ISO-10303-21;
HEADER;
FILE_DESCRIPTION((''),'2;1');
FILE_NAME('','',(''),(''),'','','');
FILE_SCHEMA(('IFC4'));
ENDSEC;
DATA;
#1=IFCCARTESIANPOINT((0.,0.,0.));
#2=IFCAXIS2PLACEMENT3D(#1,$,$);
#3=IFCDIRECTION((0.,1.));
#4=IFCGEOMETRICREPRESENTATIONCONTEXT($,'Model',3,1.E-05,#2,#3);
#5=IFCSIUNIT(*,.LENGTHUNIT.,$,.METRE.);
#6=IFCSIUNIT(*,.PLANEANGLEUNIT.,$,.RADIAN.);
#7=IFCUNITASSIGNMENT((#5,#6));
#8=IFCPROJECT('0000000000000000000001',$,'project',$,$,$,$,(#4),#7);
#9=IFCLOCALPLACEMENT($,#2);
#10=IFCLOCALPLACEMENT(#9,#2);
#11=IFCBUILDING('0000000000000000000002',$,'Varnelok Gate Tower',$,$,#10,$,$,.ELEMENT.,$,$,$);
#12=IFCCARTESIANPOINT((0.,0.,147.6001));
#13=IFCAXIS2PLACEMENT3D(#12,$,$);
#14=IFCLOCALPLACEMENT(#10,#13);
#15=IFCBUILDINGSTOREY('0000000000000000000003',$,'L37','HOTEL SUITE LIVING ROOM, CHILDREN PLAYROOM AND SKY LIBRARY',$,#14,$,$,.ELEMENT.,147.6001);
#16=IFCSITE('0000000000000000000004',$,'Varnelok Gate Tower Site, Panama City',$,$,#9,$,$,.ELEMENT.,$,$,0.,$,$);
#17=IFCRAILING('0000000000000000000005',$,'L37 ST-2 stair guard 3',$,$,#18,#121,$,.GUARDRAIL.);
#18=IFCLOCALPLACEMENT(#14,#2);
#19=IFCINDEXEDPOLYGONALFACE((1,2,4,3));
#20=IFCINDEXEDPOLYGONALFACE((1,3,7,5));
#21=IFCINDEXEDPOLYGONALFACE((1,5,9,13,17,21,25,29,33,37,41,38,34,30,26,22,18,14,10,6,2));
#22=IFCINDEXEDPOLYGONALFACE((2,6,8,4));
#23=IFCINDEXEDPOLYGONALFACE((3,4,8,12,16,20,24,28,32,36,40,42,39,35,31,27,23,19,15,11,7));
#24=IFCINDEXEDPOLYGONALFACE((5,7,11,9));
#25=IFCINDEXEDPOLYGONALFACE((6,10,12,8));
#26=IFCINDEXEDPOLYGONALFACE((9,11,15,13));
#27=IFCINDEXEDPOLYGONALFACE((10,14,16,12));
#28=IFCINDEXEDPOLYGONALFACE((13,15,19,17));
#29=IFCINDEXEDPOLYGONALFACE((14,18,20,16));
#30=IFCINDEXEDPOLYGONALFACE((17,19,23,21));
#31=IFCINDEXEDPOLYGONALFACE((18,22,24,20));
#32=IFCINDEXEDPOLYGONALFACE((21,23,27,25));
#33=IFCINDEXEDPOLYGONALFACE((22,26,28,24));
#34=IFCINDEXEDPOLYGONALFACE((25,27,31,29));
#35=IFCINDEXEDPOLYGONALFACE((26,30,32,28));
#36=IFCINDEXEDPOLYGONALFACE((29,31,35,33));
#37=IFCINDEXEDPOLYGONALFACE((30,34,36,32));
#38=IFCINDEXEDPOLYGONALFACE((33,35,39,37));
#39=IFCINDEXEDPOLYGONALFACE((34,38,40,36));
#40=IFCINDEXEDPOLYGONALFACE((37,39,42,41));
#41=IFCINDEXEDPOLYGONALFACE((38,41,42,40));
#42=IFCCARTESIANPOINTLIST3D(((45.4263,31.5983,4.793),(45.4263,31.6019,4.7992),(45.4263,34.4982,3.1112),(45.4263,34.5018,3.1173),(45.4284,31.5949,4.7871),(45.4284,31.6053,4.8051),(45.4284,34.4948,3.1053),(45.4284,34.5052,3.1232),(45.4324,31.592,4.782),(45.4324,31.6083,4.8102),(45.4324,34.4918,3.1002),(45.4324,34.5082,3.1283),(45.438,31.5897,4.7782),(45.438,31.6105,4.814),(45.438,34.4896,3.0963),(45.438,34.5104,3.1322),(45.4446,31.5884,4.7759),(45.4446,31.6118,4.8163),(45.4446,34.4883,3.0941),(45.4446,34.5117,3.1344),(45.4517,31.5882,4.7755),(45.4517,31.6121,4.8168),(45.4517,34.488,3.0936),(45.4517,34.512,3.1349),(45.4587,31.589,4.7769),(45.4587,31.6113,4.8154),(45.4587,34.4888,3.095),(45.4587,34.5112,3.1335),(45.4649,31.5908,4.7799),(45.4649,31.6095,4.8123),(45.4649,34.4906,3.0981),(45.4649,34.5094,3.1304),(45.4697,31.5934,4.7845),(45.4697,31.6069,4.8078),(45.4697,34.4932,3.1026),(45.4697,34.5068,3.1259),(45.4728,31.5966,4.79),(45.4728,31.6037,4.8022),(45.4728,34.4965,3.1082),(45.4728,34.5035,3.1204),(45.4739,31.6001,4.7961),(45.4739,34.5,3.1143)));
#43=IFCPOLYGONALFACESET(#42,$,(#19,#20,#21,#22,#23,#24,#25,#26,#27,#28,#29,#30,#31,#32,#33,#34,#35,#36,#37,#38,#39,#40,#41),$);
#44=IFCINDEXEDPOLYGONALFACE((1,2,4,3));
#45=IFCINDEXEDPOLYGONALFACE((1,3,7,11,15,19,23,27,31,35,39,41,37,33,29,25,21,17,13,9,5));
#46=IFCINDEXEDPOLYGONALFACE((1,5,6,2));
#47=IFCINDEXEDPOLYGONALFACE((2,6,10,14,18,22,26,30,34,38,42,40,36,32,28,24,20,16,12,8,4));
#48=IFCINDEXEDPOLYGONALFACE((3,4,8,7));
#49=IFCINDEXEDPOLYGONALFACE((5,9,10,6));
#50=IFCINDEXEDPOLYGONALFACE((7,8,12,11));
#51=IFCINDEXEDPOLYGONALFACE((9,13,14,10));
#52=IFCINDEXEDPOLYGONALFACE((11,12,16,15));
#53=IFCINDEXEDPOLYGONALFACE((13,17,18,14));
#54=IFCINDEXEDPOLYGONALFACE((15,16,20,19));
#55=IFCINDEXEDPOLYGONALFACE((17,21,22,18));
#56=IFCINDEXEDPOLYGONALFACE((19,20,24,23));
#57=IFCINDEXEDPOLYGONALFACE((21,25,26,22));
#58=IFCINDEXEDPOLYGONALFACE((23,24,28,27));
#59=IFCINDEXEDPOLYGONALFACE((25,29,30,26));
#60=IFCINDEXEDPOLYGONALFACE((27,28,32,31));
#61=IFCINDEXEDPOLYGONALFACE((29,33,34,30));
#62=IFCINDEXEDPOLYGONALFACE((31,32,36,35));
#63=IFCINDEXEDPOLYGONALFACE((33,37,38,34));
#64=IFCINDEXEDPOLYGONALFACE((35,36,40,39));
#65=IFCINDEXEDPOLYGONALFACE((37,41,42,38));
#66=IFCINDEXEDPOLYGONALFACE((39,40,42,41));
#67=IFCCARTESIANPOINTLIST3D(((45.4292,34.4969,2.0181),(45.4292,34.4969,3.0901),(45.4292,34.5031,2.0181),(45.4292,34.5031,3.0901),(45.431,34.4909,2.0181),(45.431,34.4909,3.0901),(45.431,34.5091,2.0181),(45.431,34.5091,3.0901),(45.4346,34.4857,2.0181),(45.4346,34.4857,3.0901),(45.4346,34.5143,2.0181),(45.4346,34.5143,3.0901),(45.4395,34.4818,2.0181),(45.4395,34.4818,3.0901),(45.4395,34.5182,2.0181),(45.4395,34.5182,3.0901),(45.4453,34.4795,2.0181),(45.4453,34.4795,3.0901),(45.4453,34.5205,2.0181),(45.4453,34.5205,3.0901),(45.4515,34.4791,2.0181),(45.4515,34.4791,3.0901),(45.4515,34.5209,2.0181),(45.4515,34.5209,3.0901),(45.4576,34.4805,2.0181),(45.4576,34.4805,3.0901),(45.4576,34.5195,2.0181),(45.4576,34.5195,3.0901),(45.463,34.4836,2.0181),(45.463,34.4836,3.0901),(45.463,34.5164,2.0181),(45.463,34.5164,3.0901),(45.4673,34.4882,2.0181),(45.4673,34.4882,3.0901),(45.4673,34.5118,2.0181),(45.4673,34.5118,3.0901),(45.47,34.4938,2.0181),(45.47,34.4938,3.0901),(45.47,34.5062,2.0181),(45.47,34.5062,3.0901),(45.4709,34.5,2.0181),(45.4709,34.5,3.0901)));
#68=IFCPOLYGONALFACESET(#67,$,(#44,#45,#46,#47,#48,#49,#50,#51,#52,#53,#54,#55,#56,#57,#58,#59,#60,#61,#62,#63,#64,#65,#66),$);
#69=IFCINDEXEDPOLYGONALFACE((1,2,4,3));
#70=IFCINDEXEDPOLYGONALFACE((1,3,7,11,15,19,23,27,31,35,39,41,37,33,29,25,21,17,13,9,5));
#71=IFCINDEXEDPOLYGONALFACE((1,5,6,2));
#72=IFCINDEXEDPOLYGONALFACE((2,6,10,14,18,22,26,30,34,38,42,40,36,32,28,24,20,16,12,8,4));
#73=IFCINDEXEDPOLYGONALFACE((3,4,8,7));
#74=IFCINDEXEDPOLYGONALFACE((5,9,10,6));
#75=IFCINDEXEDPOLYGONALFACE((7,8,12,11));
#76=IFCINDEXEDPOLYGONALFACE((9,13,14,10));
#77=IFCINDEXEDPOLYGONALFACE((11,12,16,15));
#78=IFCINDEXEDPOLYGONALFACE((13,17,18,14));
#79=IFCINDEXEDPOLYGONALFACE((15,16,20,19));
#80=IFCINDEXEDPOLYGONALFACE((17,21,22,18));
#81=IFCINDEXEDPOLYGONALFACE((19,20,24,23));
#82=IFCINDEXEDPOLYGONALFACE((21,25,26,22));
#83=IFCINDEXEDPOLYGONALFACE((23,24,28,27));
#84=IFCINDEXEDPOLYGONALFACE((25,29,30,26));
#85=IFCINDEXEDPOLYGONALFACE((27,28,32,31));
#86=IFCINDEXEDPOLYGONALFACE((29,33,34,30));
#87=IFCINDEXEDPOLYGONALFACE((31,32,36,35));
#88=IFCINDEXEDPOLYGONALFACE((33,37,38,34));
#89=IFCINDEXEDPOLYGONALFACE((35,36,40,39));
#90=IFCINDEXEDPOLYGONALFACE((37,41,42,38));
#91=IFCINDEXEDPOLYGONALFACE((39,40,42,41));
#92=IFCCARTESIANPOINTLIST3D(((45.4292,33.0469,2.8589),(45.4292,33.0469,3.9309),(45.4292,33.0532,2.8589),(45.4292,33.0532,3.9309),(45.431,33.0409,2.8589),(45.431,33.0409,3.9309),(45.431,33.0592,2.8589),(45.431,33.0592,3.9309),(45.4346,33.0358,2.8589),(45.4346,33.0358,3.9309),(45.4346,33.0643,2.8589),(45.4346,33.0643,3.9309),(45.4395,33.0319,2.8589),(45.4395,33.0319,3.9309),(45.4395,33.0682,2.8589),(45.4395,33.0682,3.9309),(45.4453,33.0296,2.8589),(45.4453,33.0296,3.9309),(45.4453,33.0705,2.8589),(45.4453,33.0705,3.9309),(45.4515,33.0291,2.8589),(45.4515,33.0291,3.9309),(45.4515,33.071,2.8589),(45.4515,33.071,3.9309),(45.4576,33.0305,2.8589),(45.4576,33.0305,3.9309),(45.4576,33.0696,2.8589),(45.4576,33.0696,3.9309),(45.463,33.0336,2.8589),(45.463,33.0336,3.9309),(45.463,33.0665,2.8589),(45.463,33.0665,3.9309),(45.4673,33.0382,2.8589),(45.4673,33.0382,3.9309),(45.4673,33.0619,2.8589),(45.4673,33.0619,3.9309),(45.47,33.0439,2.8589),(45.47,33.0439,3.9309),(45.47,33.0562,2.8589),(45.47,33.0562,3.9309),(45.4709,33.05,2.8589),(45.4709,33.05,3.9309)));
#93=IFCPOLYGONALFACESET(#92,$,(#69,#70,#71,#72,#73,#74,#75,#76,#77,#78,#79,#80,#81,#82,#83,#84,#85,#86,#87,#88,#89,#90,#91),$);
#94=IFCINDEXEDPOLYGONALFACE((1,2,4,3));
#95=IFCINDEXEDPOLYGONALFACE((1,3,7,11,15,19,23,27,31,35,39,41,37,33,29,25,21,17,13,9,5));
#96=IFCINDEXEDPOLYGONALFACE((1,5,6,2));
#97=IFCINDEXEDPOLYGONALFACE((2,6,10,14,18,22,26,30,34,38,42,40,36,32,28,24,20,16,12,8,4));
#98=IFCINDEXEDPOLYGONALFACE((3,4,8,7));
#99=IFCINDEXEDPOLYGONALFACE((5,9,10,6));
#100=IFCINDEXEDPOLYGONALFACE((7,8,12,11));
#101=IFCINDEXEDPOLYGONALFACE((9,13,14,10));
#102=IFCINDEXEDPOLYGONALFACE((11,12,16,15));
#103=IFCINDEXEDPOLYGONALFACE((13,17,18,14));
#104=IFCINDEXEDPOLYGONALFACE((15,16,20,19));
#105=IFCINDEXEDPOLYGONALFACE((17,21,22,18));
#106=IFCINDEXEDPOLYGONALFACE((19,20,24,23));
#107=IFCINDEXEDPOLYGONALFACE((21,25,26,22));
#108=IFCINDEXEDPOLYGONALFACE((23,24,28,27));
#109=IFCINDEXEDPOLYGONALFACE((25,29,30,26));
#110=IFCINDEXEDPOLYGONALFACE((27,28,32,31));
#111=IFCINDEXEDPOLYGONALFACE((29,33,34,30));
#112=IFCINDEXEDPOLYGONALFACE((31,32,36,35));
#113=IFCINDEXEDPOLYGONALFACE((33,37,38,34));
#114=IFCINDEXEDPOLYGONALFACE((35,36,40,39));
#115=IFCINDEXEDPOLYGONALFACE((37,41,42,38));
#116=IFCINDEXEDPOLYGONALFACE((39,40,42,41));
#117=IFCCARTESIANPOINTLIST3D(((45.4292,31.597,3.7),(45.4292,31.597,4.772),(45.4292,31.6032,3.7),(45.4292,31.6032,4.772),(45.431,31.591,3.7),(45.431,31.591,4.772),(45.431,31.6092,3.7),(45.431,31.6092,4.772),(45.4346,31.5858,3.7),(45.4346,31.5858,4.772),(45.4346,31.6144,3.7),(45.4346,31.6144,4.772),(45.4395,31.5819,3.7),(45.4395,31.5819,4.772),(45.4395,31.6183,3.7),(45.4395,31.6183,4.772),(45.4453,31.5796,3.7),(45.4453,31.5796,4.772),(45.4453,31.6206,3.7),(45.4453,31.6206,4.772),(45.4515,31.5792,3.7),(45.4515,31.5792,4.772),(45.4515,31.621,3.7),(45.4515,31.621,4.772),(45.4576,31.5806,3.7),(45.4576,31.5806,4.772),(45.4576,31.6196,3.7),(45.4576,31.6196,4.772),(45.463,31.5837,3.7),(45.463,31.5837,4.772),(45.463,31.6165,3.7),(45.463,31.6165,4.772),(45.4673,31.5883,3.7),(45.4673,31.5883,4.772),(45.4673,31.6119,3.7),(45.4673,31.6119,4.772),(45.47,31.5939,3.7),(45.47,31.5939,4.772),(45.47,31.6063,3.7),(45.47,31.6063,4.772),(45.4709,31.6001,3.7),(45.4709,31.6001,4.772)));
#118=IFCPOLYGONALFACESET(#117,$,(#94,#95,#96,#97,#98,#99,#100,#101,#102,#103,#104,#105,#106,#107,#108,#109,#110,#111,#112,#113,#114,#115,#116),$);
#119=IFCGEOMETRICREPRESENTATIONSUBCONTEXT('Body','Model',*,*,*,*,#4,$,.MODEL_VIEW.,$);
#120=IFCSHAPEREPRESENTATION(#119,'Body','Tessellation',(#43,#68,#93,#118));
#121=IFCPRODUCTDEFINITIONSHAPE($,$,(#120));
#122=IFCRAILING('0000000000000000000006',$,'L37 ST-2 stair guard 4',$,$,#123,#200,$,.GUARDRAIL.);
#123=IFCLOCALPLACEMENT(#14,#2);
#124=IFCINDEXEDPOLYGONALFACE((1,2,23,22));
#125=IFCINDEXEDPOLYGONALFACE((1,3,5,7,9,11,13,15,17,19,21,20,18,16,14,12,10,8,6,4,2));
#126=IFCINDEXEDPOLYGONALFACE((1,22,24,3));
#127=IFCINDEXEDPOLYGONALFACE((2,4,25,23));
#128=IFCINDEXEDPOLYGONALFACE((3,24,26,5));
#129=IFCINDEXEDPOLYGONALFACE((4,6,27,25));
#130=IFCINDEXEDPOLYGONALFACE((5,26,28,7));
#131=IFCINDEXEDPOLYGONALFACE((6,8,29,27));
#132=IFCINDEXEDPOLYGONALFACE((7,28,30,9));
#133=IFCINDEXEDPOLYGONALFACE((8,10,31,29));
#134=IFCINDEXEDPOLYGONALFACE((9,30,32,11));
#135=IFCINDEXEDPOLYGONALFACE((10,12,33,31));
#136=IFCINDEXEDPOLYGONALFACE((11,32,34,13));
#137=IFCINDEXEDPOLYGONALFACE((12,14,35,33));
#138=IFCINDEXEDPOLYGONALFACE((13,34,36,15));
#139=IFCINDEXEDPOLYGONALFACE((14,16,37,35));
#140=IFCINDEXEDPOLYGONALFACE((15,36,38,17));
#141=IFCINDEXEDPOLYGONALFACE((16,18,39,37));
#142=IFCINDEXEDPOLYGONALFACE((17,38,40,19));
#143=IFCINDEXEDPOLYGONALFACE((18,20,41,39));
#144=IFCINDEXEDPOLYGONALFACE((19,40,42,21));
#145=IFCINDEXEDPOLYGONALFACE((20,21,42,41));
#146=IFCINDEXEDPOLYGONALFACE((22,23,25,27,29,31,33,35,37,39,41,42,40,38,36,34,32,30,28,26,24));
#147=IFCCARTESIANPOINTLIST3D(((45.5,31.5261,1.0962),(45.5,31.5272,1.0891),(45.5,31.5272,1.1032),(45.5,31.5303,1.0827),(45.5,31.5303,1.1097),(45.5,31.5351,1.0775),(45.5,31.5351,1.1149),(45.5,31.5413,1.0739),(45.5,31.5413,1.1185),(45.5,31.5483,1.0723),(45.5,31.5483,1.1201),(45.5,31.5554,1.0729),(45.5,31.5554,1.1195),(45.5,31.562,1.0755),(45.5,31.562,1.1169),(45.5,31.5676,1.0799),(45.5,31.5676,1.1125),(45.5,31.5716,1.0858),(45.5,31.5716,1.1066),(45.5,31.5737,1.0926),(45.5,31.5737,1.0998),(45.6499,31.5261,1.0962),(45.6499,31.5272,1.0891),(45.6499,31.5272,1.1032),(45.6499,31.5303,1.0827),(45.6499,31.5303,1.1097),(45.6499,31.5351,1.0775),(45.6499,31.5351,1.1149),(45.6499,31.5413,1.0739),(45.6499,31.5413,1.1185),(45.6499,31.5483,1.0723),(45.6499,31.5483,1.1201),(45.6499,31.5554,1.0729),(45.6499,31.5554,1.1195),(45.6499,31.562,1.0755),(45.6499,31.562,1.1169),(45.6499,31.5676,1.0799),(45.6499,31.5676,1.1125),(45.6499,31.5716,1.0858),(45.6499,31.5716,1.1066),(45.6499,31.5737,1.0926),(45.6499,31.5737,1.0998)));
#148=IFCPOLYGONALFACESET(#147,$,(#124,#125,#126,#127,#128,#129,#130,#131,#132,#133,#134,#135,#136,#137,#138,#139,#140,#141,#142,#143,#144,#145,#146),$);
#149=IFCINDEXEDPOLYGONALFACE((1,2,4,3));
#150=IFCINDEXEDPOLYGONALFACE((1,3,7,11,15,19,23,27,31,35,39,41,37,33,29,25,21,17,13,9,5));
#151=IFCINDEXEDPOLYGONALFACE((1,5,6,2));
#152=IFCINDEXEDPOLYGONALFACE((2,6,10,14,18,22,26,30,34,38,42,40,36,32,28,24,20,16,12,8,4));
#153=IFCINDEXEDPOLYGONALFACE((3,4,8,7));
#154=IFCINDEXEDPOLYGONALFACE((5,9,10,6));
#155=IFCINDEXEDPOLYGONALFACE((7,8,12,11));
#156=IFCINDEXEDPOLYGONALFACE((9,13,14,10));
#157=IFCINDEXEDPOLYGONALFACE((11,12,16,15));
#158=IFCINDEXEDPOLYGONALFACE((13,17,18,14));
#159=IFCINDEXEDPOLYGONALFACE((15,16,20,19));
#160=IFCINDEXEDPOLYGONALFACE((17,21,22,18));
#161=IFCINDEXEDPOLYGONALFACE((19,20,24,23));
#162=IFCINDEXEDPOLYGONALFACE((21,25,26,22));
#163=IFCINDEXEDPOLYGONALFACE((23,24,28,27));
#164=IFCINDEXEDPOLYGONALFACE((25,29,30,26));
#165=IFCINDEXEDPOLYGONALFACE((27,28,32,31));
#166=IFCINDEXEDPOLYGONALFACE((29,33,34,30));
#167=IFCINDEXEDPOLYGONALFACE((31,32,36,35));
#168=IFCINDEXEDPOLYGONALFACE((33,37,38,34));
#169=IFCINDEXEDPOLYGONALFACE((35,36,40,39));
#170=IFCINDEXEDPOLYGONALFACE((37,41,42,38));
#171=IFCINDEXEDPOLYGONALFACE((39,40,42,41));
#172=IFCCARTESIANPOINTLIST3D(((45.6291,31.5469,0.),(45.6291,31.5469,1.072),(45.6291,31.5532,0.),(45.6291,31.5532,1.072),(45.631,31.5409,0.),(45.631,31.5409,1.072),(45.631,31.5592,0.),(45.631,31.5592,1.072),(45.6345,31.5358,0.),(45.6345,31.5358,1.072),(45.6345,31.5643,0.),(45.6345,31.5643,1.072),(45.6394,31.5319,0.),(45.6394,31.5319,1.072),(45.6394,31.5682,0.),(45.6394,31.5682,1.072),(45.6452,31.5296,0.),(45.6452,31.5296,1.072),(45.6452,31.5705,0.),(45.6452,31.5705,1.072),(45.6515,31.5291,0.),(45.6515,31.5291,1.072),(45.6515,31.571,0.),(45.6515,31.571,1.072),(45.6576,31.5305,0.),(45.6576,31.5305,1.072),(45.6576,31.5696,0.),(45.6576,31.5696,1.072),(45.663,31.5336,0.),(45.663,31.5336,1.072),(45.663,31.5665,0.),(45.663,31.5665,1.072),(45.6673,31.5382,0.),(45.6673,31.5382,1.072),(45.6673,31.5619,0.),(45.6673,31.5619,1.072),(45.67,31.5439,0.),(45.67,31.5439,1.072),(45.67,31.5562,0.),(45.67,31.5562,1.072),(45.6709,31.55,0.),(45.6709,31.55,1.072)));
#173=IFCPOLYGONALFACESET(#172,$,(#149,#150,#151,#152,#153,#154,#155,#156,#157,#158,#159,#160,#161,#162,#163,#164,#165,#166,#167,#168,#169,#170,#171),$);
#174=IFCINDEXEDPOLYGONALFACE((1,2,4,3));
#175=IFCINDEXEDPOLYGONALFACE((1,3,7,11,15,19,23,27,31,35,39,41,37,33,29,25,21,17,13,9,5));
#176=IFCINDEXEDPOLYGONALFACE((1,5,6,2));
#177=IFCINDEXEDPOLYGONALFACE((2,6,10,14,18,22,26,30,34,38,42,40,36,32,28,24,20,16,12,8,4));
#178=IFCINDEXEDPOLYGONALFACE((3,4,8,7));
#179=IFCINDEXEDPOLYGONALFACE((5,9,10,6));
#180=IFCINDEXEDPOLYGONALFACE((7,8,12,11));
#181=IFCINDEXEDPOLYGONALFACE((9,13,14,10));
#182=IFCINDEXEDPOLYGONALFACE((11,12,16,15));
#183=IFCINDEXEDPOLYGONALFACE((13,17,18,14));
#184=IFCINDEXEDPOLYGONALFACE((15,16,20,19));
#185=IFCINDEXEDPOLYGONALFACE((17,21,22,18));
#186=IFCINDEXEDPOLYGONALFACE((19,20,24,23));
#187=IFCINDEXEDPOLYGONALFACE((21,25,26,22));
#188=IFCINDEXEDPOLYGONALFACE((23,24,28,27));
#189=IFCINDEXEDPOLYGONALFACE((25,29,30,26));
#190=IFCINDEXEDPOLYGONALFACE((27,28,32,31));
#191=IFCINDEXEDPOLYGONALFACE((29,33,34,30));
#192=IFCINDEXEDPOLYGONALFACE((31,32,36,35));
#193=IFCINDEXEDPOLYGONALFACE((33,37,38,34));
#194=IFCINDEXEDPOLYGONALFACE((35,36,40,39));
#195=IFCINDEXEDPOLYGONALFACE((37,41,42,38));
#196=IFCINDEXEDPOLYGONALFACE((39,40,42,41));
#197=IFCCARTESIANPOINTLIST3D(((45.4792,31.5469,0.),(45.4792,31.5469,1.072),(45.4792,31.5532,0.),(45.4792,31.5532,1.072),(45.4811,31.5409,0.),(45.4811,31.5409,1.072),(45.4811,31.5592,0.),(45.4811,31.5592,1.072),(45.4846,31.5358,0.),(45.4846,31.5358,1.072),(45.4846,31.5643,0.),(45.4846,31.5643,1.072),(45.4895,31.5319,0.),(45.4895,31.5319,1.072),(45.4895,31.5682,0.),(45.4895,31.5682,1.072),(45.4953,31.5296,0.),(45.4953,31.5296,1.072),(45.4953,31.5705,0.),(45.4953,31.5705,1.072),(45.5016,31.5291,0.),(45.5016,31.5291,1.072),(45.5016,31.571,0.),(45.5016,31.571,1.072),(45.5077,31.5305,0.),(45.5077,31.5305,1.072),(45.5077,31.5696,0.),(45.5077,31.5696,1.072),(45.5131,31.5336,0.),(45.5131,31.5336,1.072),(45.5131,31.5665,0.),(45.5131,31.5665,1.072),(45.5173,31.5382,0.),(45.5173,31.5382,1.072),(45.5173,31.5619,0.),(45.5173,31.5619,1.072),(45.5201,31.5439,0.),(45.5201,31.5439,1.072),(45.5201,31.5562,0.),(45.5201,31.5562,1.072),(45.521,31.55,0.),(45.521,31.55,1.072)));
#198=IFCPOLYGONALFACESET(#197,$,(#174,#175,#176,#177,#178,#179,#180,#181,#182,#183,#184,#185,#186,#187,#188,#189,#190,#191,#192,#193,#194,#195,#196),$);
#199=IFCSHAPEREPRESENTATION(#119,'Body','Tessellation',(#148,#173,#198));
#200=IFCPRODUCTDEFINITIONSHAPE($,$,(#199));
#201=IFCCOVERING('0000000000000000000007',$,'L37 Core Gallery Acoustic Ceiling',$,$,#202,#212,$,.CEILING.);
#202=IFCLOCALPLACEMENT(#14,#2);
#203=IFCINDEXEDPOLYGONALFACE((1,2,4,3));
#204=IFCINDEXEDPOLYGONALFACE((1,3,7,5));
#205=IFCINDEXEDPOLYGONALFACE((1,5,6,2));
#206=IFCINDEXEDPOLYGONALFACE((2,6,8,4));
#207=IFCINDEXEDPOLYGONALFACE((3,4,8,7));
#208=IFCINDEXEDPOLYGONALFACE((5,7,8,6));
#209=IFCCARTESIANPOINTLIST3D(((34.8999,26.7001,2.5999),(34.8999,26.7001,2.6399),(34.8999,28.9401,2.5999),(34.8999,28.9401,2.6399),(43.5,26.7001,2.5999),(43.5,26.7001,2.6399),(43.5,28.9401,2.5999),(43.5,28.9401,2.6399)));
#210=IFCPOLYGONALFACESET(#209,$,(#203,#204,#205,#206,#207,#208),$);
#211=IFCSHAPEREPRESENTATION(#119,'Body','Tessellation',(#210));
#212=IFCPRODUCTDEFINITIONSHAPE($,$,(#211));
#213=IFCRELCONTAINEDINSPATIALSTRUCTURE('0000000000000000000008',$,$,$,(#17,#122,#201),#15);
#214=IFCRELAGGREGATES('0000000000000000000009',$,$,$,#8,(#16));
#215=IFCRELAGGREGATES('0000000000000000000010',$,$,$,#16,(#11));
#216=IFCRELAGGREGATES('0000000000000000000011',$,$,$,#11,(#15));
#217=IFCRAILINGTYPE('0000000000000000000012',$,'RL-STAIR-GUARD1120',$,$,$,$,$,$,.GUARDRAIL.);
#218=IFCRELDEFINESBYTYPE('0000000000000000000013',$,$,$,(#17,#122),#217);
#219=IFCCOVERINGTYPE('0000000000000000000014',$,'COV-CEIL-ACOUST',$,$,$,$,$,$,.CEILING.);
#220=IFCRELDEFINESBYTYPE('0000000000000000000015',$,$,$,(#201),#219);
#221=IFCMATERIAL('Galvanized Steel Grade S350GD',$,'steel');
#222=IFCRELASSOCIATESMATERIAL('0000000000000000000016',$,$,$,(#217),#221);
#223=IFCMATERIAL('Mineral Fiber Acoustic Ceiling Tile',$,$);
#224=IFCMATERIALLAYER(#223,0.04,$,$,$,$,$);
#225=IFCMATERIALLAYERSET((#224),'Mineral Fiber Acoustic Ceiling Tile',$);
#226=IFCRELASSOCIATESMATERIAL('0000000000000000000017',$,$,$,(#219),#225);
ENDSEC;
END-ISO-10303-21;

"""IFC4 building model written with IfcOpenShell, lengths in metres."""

from ifc_helpers import new_model, si_unit, direction, frame, origin, origin_2d, place, context, subcontext, project, spatial, rectangle, circle, extrude, source, transform, mapped, material, layer, layer_set, type_object, element, save


model = new_model("IFC4")

# Units and contexts
model_context = context("Model", 3, precision=1e-05, world=origin(), true_north=direction((0.0, 1.0)))
body_context = subcontext(model_context, "Body", "Model", "MODEL_VIEW")
ifc_project = project(units=[si_unit("LENGTHUNIT", "METRE"), si_unit("PLANEANGLEUNIT", "RADIAN")], contexts=[model_context])

# Site, building, storey
site_placement = place(None, origin())
site = spatial("IfcSite", under=ifc_project, at=site_placement, Name="Varnelok Gate Tower Site, Panama City", CompositionType="ELEMENT", RefElevation=0.0)
building_placement = place(site_placement, origin())
building = spatial("IfcBuilding", under=site, at=building_placement, Name="Varnelok Gate Tower", CompositionType="ELEMENT")
storey_placement = place(building_placement, frame((0.0, 0.0, 147.6001)))
storey = spatial("IfcBuildingStorey", under=building, at=storey_placement, Name="L37", Description="HOTEL SUITE LIVING ROOM, CHILDREN PLAYROOM AND SKY LIBRARY", CompositionType="ELEMENT", Elevation=147.6001)

# Shared definitions
ifc_material_1 = material(Name="Galvanized Steel Grade S350GD", Category="steel")

# Railings
railing_type_1 = type_object("IfcRailingType", Name="RL-STAIR-GUARD1120", PredefinedType="GUARDRAIL", material=ifc_material_1)
railing_1_placement = place(storey_placement, frame((45.45, 34.5, 2.0181)))
element("IfcRailing", 1, at=railing_1_placement, inside=storey, type_object=railing_type_1, Name="L37 ST-2 stair guard 3", PredefinedType="GUARDRAIL", context=body_context, shape_type="SweptSolid", body=[
    extrude(circle(Radius=0.0239, at=origin_2d()), frame((0.0, 0.0, 1.0962), z_axis=(0.0, -0.865039, 0.501705), x_axis=(1.0, 0.0, 0.0)), (0.0, 0.0, 1.0), 3.3523),
    extrude(circle(Radius=0.021, at=origin_2d()), origin(), (0.0, 0.0, 1.0), 1.072),
    extrude(circle(Radius=0.021, at=origin_2d()), frame((0.0, -1.45, 0.8408)), (0.0, 0.0, 1.0), 1.072),
    extrude(circle(Radius=0.021, at=origin_2d()), frame((0.0, -2.8999, 1.6819)), (0.0, 0.0, 1.0), 1.072),
])
railing_2_placement = place(storey_placement, frame((45.6499, 31.55, 0.0)))
element("IfcRailing", 2, at=railing_2_placement, inside=storey, type_object=railing_type_1, Name="L37 ST-2 stair guard 4", PredefinedType="GUARDRAIL", context=body_context, shape_type="SweptSolid", body=[
    extrude(circle(Radius=0.0239, at=origin_2d()), frame((0.0, 0.0, 1.0962), z_axis=(-1.0, 0.0, 0.0), x_axis=(0.0, -1.0, 0.0)), (0.0, 0.0, 1.0), 0.1499),
    extrude(circle(Radius=0.021, at=origin_2d()), origin(), (0.0, 0.0, 1.0), 1.072),
    extrude(circle(Radius=0.021, at=origin_2d()), frame((-0.1499, 0.0, 0.0)), (0.0, 0.0, 1.0), 1.072),
])

# Covering
ifc_material_2 = material(Name="Mineral Fiber Acoustic Ceiling Tile")
ifc_layer_1 = layer(ifc_material_2, 0.04)
ifc_layer_set_1 = layer_set([ifc_layer_1], Name="Mineral Fiber Acoustic Ceiling Tile")
covering_type = type_object("IfcCoveringType", Name="COV-CEIL-ACOUST", PredefinedType="CEILING", material=ifc_layer_set_1)
shared_shape = source(origin(), body_context, "Body", "SweptSolid", [
    extrude(rectangle(XDim=8.6001, YDim=2.24, at=origin_2d()), origin(), (0.0, 0.0, 1.0), 0.04),
])
covering_placement = place(storey_placement, frame((39.2, 27.8201, 2.5999), z_axis=(0.0, 0.0, 1.0), x_axis=(1.0, 0.0, 0.0)))
element("IfcCovering", 3, at=covering_placement, inside=storey, type_object=covering_type, Name="L37 Core Gallery Acoustic Ceiling", PredefinedType="CEILING", context=body_context, shape_type="MappedRepresentation", body=[
    mapped(shared_shape, transform((0.0, 0.0, 0.0), scale=1.0)),
])

save(model, "model.ifc")
